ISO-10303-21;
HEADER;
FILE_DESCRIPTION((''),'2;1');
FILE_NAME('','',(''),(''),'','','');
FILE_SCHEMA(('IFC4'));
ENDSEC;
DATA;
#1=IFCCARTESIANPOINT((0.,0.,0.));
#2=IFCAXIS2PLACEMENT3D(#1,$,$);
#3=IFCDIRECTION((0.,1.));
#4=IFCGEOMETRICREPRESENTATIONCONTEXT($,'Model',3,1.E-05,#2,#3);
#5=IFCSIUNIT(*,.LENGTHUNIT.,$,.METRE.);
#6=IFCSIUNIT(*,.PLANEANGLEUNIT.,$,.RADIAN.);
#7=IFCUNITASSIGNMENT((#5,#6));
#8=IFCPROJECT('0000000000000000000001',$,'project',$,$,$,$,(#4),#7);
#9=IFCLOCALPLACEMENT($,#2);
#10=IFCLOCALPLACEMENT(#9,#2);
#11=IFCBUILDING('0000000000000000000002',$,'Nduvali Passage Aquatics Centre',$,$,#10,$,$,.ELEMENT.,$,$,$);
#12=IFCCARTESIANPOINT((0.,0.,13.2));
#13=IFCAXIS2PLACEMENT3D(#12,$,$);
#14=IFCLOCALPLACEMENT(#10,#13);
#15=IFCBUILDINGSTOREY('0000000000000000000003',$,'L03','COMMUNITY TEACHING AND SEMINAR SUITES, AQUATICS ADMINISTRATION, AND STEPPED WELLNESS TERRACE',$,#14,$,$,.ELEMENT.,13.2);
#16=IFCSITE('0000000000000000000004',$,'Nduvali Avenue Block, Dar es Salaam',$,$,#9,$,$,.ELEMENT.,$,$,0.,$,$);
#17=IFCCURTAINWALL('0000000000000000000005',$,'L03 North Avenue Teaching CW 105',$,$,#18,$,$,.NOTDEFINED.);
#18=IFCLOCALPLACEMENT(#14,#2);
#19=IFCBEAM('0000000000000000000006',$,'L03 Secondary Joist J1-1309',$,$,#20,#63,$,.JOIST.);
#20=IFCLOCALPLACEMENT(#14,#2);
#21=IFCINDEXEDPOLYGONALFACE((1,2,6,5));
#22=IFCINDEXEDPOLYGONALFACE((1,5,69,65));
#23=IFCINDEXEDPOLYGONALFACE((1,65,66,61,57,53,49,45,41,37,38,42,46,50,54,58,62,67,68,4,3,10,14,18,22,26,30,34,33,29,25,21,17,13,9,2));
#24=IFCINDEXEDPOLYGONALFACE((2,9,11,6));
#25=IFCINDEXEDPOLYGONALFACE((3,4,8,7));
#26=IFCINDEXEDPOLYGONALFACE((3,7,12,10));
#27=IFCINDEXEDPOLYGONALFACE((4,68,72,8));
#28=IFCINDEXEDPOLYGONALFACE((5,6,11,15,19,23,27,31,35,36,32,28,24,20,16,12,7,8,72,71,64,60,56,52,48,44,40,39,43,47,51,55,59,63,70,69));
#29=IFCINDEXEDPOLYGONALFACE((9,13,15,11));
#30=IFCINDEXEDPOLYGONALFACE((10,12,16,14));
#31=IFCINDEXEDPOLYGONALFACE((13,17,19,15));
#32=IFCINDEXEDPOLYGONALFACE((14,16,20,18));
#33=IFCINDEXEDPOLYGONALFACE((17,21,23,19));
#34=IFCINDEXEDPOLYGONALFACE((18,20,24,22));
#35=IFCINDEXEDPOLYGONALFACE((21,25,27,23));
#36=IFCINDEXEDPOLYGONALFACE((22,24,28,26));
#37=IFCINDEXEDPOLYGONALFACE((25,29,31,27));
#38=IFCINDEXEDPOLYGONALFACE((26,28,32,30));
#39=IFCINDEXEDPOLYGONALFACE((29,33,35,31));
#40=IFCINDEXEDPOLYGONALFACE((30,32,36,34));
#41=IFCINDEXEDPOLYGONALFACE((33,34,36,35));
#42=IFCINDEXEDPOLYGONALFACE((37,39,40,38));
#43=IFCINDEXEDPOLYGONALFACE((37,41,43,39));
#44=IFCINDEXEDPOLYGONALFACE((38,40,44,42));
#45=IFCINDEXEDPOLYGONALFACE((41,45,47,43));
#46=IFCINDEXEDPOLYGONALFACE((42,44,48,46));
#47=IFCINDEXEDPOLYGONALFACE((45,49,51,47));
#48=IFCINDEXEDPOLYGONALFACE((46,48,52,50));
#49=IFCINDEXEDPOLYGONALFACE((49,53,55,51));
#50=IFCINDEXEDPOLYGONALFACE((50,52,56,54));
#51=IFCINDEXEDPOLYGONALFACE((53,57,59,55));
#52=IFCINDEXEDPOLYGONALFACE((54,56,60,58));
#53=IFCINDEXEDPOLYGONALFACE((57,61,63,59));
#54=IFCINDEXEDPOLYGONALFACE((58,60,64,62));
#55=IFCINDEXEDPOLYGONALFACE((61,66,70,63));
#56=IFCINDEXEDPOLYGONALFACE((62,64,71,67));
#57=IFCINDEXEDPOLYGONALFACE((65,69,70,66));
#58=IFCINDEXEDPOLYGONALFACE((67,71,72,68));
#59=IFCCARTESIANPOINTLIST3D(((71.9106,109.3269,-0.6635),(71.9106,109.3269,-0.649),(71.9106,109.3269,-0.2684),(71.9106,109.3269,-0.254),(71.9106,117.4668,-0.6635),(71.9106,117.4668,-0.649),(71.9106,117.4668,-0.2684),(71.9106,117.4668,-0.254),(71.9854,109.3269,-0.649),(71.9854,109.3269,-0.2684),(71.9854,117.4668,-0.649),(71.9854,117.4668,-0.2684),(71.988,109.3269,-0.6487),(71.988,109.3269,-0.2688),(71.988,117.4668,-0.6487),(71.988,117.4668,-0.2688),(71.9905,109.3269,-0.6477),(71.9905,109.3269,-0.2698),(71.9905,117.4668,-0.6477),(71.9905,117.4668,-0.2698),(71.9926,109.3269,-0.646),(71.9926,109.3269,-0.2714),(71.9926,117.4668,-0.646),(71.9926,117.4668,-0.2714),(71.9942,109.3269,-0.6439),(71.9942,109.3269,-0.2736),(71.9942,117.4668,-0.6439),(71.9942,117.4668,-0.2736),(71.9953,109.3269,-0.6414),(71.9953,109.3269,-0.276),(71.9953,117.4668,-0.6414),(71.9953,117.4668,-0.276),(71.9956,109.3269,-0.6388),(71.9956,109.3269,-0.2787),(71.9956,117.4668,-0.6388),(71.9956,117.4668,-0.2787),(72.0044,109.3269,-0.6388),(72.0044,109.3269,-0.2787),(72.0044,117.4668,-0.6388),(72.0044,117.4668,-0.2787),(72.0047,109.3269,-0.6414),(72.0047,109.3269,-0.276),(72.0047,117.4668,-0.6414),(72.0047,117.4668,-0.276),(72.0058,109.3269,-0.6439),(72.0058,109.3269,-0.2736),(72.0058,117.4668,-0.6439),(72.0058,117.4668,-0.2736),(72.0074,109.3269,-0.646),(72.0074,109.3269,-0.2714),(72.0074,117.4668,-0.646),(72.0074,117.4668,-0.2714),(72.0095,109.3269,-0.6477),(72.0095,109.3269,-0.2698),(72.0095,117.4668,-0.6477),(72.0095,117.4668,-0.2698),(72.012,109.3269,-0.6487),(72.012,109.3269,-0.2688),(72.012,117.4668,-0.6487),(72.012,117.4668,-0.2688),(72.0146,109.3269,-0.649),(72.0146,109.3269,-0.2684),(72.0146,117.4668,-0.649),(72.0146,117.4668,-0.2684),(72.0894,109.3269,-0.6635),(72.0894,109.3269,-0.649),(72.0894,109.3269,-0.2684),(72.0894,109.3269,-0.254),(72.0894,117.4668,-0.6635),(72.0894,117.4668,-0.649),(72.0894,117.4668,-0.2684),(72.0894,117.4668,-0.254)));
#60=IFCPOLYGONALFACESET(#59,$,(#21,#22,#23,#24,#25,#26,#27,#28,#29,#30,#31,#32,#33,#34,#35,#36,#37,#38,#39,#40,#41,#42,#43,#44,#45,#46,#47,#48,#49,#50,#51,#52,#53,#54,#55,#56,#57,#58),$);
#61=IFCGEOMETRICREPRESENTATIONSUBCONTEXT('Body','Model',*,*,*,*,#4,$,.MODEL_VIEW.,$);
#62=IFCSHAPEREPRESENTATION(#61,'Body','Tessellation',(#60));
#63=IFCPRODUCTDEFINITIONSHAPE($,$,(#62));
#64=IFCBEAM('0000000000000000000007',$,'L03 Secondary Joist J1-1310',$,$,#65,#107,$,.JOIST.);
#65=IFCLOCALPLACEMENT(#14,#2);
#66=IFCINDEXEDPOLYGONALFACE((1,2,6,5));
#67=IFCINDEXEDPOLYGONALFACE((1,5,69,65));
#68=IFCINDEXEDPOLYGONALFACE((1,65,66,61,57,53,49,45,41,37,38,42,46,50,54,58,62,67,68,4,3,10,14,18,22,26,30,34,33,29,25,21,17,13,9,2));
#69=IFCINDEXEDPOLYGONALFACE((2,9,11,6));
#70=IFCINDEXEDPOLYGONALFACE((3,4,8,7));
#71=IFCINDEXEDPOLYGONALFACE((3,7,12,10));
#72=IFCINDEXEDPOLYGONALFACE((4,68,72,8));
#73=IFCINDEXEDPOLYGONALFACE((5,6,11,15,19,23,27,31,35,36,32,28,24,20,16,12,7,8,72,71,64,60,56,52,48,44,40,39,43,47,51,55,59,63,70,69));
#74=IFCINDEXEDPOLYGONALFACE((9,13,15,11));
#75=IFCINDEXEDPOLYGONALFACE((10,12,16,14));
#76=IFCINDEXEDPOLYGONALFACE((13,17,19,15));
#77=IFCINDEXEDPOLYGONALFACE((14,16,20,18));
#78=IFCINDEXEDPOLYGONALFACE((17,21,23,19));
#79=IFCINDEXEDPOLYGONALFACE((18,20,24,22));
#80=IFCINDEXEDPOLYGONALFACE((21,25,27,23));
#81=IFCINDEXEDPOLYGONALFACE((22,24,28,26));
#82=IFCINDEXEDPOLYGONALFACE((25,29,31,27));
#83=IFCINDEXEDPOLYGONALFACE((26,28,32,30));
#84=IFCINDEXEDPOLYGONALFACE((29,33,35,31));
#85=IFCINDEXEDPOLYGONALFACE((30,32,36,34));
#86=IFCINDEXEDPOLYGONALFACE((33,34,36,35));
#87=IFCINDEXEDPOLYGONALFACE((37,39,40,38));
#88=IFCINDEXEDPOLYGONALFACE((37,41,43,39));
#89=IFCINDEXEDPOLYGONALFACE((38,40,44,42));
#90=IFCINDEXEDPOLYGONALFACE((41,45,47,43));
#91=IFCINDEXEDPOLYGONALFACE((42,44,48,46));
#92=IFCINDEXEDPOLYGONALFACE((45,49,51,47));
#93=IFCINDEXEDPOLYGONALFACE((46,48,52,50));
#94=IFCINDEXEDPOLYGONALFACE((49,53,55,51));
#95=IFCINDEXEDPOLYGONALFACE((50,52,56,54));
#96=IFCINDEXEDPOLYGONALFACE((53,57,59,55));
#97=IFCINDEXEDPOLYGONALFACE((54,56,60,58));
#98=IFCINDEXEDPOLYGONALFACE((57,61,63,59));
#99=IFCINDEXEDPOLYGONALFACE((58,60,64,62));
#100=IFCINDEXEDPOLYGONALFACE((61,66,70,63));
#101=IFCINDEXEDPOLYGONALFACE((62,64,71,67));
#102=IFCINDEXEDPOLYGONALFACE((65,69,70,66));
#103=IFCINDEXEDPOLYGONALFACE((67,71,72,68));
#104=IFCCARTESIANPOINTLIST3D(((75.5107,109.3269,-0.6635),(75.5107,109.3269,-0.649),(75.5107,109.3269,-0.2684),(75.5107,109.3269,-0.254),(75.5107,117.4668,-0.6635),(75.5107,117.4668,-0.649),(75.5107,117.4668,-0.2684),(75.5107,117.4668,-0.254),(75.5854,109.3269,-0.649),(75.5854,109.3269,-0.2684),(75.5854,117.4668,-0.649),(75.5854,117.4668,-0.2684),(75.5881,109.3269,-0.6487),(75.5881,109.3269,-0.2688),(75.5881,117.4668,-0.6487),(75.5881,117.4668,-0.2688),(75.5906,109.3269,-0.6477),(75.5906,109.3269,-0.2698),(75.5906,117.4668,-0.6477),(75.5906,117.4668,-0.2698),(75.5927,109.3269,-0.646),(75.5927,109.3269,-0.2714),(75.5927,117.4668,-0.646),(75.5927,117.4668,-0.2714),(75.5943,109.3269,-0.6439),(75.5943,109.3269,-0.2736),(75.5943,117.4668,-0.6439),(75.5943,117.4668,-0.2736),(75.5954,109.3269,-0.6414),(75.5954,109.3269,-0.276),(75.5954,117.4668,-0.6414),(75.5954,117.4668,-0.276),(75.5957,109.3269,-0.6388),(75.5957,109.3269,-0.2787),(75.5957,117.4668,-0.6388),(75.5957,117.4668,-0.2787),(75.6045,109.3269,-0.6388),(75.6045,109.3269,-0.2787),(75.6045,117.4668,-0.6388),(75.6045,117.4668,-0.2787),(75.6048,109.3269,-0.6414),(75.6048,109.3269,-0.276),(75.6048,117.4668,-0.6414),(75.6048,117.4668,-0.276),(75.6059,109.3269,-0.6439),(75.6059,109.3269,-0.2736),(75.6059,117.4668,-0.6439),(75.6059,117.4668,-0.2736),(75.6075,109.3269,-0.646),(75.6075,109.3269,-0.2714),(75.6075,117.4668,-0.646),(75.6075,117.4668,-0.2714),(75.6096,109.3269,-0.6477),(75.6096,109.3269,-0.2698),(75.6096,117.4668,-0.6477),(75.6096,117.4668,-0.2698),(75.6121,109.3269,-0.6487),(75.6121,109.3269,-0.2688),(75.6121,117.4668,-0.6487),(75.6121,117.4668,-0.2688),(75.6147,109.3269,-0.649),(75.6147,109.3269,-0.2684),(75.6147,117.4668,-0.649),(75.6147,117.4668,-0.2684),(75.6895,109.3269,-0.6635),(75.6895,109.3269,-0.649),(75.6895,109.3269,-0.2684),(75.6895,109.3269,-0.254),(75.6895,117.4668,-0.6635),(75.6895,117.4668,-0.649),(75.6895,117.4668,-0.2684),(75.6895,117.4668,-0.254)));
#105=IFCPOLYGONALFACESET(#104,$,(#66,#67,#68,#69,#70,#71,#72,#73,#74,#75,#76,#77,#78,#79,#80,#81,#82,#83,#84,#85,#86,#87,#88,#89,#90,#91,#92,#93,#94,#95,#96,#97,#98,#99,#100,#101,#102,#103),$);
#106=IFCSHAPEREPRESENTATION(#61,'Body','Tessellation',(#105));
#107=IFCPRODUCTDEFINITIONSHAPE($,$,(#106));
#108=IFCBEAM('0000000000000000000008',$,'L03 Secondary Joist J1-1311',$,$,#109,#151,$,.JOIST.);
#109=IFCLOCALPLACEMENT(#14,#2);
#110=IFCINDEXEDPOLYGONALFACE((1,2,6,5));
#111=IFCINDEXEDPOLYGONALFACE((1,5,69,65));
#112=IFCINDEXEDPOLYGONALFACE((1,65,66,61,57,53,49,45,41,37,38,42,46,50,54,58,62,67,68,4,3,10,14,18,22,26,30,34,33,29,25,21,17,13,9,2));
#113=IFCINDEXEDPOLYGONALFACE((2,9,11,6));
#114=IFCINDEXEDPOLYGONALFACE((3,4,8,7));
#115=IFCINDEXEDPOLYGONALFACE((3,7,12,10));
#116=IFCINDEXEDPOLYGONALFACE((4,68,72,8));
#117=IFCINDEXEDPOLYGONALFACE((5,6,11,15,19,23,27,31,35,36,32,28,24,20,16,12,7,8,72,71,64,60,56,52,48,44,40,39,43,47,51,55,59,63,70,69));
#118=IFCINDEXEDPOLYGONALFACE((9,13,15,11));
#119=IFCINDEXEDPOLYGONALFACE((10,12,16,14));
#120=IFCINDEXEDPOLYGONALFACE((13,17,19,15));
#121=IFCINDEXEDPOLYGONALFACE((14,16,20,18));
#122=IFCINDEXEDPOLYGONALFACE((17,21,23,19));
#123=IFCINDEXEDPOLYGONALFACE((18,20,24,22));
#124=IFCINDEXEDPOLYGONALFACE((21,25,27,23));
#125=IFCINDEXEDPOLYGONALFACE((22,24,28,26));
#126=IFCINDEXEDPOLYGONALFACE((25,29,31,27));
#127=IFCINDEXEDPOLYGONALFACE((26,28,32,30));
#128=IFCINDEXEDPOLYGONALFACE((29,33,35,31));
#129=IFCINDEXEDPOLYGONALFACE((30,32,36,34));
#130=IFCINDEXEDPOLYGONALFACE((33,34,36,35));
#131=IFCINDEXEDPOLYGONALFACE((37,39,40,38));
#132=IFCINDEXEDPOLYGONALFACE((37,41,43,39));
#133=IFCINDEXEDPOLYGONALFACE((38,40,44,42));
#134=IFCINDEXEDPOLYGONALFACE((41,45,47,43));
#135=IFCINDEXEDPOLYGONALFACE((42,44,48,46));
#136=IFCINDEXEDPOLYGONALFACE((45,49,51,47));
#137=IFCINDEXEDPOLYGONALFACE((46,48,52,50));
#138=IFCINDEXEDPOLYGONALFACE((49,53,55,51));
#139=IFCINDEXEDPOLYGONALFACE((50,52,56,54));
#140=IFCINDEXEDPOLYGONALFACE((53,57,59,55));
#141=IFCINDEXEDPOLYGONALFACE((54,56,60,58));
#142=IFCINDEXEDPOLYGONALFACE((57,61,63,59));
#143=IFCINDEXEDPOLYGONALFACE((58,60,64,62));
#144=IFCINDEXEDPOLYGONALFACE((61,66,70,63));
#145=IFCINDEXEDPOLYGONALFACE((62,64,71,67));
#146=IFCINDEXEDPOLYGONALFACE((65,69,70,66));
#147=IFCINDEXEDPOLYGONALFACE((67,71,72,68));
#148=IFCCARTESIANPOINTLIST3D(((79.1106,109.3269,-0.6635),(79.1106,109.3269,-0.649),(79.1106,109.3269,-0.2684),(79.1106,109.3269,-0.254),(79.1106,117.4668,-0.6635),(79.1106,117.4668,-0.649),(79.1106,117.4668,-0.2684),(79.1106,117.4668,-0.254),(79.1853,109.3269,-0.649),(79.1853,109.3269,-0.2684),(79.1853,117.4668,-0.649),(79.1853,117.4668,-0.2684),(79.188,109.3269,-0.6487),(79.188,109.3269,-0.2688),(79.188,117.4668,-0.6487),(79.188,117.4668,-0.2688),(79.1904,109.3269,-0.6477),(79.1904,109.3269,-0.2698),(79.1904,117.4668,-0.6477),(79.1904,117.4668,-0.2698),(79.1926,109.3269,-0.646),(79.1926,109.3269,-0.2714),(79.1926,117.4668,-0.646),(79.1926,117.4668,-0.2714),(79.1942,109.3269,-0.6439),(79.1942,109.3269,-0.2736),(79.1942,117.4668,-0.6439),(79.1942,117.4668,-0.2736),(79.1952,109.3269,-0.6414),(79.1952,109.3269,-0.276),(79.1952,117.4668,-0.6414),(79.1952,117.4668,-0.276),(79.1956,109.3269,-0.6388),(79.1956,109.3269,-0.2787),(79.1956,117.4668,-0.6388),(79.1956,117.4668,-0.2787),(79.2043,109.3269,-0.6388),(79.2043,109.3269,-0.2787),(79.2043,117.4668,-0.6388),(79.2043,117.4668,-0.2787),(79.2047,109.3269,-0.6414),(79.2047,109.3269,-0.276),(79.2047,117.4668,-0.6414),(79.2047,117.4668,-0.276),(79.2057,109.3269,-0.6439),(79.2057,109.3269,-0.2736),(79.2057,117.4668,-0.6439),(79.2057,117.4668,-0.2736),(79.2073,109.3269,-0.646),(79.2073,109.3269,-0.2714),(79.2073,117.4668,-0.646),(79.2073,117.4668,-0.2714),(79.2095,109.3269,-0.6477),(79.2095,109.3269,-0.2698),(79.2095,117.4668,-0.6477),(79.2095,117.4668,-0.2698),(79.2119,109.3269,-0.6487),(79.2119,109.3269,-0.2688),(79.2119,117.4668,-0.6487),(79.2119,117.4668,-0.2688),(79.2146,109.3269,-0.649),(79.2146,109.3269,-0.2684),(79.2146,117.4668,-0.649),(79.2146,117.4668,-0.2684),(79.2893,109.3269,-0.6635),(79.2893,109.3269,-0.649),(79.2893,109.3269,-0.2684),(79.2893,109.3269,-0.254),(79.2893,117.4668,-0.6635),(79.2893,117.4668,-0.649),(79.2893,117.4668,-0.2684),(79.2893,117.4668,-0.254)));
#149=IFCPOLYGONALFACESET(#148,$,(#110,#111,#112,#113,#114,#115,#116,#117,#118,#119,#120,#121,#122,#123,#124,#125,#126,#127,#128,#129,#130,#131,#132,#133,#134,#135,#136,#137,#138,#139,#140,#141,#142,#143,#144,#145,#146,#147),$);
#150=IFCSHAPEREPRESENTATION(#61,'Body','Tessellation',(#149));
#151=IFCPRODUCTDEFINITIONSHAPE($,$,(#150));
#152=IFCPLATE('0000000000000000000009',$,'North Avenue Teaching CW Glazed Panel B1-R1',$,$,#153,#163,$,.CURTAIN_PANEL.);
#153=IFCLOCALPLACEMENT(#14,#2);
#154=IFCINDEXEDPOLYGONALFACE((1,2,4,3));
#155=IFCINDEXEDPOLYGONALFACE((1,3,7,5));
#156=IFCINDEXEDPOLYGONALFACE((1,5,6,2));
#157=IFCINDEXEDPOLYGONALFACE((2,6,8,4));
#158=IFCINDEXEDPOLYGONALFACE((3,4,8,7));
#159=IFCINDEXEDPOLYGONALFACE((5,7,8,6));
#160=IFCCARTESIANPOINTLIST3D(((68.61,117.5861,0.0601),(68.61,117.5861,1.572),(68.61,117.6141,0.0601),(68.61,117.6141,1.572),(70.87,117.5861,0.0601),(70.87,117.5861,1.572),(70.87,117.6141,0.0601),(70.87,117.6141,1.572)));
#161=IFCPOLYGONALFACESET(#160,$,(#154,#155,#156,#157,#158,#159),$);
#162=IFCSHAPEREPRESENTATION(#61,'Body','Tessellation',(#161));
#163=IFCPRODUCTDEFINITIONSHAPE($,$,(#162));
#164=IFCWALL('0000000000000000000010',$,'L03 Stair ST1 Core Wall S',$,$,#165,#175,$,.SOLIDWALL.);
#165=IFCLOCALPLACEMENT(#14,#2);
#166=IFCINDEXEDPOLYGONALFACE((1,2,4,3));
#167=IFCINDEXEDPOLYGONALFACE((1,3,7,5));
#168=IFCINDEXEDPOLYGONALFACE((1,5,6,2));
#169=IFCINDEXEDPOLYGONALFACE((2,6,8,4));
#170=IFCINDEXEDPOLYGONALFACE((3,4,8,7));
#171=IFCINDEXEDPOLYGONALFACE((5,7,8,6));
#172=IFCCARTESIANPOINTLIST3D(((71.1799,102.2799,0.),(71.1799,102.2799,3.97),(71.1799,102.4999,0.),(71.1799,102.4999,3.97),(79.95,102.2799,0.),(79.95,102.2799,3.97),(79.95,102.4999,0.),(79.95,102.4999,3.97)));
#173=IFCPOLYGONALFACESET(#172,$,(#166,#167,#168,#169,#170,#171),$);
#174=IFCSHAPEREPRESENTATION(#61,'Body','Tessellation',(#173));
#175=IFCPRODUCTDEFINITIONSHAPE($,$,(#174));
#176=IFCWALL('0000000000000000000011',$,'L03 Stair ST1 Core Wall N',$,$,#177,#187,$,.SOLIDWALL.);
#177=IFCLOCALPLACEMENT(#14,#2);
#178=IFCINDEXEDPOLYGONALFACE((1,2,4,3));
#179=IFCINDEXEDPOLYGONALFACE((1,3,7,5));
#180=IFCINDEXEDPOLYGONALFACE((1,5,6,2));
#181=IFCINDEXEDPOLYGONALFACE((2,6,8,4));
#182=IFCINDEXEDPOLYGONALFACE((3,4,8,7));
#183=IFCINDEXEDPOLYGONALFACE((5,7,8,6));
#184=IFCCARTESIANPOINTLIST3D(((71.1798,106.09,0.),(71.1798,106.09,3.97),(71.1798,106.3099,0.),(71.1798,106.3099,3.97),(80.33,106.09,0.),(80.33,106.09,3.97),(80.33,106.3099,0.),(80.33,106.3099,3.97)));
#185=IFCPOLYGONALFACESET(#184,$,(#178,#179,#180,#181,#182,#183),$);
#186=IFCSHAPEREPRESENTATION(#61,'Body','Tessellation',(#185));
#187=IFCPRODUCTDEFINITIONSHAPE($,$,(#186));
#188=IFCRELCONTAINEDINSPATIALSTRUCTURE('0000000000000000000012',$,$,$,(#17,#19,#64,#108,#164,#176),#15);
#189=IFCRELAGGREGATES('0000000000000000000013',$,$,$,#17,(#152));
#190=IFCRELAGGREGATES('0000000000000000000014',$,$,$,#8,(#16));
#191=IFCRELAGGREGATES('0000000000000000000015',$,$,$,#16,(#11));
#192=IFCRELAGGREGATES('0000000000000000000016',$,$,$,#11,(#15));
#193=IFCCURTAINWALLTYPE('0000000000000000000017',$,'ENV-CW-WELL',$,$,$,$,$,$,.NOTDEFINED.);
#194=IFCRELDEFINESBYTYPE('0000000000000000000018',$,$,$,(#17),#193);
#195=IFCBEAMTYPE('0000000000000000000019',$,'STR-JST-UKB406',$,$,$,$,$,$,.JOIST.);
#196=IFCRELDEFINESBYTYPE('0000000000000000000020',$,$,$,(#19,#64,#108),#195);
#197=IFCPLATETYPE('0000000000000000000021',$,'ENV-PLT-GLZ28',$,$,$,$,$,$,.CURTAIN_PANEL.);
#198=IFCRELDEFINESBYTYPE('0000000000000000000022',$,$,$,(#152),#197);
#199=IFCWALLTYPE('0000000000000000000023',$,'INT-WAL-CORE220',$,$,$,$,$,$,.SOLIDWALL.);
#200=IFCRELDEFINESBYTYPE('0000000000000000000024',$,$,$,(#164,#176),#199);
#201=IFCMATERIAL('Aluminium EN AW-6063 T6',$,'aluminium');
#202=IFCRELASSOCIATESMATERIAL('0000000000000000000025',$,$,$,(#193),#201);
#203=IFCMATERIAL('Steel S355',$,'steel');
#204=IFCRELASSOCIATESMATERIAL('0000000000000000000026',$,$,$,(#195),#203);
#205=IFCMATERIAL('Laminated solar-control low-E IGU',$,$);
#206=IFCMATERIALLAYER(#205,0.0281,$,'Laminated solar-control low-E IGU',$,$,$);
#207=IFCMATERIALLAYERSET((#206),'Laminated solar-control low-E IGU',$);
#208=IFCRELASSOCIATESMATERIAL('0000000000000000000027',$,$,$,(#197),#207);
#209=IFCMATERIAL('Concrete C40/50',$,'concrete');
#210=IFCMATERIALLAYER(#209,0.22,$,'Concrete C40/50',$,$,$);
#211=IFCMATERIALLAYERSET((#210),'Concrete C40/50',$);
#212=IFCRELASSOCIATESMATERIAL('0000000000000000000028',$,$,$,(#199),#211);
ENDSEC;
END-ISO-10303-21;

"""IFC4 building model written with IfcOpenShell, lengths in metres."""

from ifc_helpers import new_model, si_unit, direction, frame, frame_2d, origin, origin_2d, place, context, subcontext, project, spatial, rectangle, i_section, extrude, material, layer, layer_set, material_profile, profile_set, type_object, element, aggregate, save


model = new_model("IFC4")

# Units and contexts
model_context = context("Model", 3, precision=1e-05, world=origin(), true_north=direction((0.0, 1.0)))
body_context = subcontext(model_context, "Body", "Model", "MODEL_VIEW")
ifc_project = project(units=[si_unit("LENGTHUNIT", "METRE"), si_unit("PLANEANGLEUNIT", "RADIAN")], contexts=[model_context])

# Site, building, storey
site_placement = place(None, origin())
site = spatial("IfcSite", under=ifc_project, at=site_placement, Name="Nduvali Avenue Block, Dar es Salaam", CompositionType="ELEMENT", RefElevation=0.0)
building_placement = place(site_placement, origin())
building = spatial("IfcBuilding", under=site, at=building_placement, Name="Nduvali Passage Aquatics Centre", CompositionType="ELEMENT")
storey_placement = place(building_placement, frame((0.0, 0.0, 13.2)))
storey = spatial("IfcBuildingStorey", under=building, at=storey_placement, Name="L03", Description="COMMUNITY TEACHING AND SEMINAR SUITES, AQUATICS ADMINISTRATION, AND STEPPED WELLNESS TERRACE", CompositionType="ELEMENT", Elevation=13.2)

# Shared definitions
ifc_material_1 = material(Name="Steel S355", Category="steel")

# Curtain wall
ifc_material_2 = material(Name="Aluminium EN AW-6063 T6", Category="aluminium")
curtain_wall_type = type_object("IfcCurtainWallType", Name="ENV-CW-WELL", PredefinedType="NOTDEFINED", material=ifc_material_2)
curtain_wall_placement = place(storey_placement, origin())
curtain_wall = element("IfcCurtainWall", 1, at=curtain_wall_placement, inside=storey, type_object=curtain_wall_type, Name="L03 North Avenue Teaching CW 105", PredefinedType="NOTDEFINED")

# Beams
ifc_material_profile_1 = material_profile(ifc_material_1, i_section(OverallWidth=0.1787, OverallDepth=0.4094, WebThickness=0.0088, FlangeThickness=0.0144, FilletRadius=0.0103, at=origin_2d()), Name="UKB 406x178x67")
ifc_profile_set_1 = profile_set([ifc_material_profile_1], Name="Steel S355")
beam_type_1 = type_object("IfcBeamType", Name="STR-JST-UKB406", PredefinedType="JOIST", material=ifc_profile_set_1)
for number, where, z_axis, x_axis, name in (
    (2, (72.0, 109.3269, -0.4587), (0.0, 1.0, 0.0), (-1.0, 0.0, 0.0), "L03 Secondary Joist J1-1309"),
    (3, (75.6001, 109.3269, -0.4587), (0.0, 1.0, 0.0), (-1.0, 0.0, 0.0), "L03 Secondary Joist J1-1310"),
    (4, (79.2, 109.3269, -0.4587), (0.0, 1.0, 0.0), (-1.0, 0.0, 0.0), "L03 Secondary Joist J1-1311"),
):
    element("IfcBeam", number, at=place(storey_placement, frame(where, z_axis=z_axis, x_axis=x_axis)), inside=storey, type_object=beam_type_1, Name=name, PredefinedType="JOIST", context=body_context, shape_type="SweptSolid", body=[
        extrude(i_section(OverallWidth=0.1787, OverallDepth=0.4094, WebThickness=0.0088, FlangeThickness=0.0144, FilletRadius=0.0103, at=origin_2d()), origin(), (0.0, 0.0, 1.0), 8.1399),
    ])

# Plate
ifc_material_3 = material(Name="Laminated solar-control low-E IGU")
ifc_layer_1 = layer(ifc_material_3, 0.0281, Name="Laminated solar-control low-E IGU")
ifc_layer_set_1 = layer_set([ifc_layer_1], Name="Laminated solar-control low-E IGU")
plate_type = type_object("IfcPlateType", Name="ENV-PLT-GLZ28", PredefinedType="CURTAIN_PANEL", material=ifc_layer_set_1)
plate_placement = place(storey_placement, frame((69.74, 117.6001, 0.0601), z_axis=(0.0, 0.0, 1.0), x_axis=(1.0, 0.0, 0.0)))
plate = element("IfcPlate", 5, at=plate_placement, type_object=plate_type, Name="North Avenue Teaching CW Glazed Panel B1-R1", PredefinedType="CURTAIN_PANEL", context=body_context, shape_type="SweptSolid", body=[
    extrude(rectangle(XDim=2.26, YDim=0.0281, at=origin_2d()), origin(), (0.0, 0.0, 1.0), 1.512),
])
aggregate(curtain_wall, [plate])

# Walls
ifc_material_4 = material(Name="Concrete C40/50", Category="concrete")
ifc_layer_2 = layer(ifc_material_4, 0.22, Name="Concrete C40/50")
ifc_layer_set_2 = layer_set([ifc_layer_2], Name="Concrete C40/50")
wall_type_1 = type_object("IfcWallType", Name="INT-WAL-CORE220", PredefinedType="SOLIDWALL", material=ifc_layer_set_2)
wall_1_placement = place(storey_placement, frame((71.1799, 102.3899, 0.0), z_axis=(0.0, 0.0, 1.0), x_axis=(1.0, 0.0, 0.0)))
element("IfcWall", 6, at=wall_1_placement, inside=storey, type_object=wall_type_1, Name="L03 Stair ST1 Core Wall S", PredefinedType="SOLIDWALL", context=body_context, shape_type="SweptSolid", body=[
    extrude(rectangle(XDim=8.77, YDim=0.22, at=frame_2d((4.385, 0.0))), origin(), (0.0, 0.0, 1.0), 3.97),
])
wall_2_placement = place(storey_placement, frame((80.3301, 106.2, 0.0), z_axis=(0.0, 0.0, 1.0), x_axis=(-1.0, 0.0, 0.0)))
element("IfcWall", 7, at=wall_2_placement, inside=storey, type_object=wall_type_1, Name="L03 Stair ST1 Core Wall N", PredefinedType="SOLIDWALL", context=body_context, shape_type="SweptSolid", body=[
    extrude(rectangle(XDim=9.1501, YDim=0.22, at=frame_2d((4.5752, 0.0))), origin(), (0.0, 0.0, 1.0), 3.97),
])

save(model, "model.ifc")
